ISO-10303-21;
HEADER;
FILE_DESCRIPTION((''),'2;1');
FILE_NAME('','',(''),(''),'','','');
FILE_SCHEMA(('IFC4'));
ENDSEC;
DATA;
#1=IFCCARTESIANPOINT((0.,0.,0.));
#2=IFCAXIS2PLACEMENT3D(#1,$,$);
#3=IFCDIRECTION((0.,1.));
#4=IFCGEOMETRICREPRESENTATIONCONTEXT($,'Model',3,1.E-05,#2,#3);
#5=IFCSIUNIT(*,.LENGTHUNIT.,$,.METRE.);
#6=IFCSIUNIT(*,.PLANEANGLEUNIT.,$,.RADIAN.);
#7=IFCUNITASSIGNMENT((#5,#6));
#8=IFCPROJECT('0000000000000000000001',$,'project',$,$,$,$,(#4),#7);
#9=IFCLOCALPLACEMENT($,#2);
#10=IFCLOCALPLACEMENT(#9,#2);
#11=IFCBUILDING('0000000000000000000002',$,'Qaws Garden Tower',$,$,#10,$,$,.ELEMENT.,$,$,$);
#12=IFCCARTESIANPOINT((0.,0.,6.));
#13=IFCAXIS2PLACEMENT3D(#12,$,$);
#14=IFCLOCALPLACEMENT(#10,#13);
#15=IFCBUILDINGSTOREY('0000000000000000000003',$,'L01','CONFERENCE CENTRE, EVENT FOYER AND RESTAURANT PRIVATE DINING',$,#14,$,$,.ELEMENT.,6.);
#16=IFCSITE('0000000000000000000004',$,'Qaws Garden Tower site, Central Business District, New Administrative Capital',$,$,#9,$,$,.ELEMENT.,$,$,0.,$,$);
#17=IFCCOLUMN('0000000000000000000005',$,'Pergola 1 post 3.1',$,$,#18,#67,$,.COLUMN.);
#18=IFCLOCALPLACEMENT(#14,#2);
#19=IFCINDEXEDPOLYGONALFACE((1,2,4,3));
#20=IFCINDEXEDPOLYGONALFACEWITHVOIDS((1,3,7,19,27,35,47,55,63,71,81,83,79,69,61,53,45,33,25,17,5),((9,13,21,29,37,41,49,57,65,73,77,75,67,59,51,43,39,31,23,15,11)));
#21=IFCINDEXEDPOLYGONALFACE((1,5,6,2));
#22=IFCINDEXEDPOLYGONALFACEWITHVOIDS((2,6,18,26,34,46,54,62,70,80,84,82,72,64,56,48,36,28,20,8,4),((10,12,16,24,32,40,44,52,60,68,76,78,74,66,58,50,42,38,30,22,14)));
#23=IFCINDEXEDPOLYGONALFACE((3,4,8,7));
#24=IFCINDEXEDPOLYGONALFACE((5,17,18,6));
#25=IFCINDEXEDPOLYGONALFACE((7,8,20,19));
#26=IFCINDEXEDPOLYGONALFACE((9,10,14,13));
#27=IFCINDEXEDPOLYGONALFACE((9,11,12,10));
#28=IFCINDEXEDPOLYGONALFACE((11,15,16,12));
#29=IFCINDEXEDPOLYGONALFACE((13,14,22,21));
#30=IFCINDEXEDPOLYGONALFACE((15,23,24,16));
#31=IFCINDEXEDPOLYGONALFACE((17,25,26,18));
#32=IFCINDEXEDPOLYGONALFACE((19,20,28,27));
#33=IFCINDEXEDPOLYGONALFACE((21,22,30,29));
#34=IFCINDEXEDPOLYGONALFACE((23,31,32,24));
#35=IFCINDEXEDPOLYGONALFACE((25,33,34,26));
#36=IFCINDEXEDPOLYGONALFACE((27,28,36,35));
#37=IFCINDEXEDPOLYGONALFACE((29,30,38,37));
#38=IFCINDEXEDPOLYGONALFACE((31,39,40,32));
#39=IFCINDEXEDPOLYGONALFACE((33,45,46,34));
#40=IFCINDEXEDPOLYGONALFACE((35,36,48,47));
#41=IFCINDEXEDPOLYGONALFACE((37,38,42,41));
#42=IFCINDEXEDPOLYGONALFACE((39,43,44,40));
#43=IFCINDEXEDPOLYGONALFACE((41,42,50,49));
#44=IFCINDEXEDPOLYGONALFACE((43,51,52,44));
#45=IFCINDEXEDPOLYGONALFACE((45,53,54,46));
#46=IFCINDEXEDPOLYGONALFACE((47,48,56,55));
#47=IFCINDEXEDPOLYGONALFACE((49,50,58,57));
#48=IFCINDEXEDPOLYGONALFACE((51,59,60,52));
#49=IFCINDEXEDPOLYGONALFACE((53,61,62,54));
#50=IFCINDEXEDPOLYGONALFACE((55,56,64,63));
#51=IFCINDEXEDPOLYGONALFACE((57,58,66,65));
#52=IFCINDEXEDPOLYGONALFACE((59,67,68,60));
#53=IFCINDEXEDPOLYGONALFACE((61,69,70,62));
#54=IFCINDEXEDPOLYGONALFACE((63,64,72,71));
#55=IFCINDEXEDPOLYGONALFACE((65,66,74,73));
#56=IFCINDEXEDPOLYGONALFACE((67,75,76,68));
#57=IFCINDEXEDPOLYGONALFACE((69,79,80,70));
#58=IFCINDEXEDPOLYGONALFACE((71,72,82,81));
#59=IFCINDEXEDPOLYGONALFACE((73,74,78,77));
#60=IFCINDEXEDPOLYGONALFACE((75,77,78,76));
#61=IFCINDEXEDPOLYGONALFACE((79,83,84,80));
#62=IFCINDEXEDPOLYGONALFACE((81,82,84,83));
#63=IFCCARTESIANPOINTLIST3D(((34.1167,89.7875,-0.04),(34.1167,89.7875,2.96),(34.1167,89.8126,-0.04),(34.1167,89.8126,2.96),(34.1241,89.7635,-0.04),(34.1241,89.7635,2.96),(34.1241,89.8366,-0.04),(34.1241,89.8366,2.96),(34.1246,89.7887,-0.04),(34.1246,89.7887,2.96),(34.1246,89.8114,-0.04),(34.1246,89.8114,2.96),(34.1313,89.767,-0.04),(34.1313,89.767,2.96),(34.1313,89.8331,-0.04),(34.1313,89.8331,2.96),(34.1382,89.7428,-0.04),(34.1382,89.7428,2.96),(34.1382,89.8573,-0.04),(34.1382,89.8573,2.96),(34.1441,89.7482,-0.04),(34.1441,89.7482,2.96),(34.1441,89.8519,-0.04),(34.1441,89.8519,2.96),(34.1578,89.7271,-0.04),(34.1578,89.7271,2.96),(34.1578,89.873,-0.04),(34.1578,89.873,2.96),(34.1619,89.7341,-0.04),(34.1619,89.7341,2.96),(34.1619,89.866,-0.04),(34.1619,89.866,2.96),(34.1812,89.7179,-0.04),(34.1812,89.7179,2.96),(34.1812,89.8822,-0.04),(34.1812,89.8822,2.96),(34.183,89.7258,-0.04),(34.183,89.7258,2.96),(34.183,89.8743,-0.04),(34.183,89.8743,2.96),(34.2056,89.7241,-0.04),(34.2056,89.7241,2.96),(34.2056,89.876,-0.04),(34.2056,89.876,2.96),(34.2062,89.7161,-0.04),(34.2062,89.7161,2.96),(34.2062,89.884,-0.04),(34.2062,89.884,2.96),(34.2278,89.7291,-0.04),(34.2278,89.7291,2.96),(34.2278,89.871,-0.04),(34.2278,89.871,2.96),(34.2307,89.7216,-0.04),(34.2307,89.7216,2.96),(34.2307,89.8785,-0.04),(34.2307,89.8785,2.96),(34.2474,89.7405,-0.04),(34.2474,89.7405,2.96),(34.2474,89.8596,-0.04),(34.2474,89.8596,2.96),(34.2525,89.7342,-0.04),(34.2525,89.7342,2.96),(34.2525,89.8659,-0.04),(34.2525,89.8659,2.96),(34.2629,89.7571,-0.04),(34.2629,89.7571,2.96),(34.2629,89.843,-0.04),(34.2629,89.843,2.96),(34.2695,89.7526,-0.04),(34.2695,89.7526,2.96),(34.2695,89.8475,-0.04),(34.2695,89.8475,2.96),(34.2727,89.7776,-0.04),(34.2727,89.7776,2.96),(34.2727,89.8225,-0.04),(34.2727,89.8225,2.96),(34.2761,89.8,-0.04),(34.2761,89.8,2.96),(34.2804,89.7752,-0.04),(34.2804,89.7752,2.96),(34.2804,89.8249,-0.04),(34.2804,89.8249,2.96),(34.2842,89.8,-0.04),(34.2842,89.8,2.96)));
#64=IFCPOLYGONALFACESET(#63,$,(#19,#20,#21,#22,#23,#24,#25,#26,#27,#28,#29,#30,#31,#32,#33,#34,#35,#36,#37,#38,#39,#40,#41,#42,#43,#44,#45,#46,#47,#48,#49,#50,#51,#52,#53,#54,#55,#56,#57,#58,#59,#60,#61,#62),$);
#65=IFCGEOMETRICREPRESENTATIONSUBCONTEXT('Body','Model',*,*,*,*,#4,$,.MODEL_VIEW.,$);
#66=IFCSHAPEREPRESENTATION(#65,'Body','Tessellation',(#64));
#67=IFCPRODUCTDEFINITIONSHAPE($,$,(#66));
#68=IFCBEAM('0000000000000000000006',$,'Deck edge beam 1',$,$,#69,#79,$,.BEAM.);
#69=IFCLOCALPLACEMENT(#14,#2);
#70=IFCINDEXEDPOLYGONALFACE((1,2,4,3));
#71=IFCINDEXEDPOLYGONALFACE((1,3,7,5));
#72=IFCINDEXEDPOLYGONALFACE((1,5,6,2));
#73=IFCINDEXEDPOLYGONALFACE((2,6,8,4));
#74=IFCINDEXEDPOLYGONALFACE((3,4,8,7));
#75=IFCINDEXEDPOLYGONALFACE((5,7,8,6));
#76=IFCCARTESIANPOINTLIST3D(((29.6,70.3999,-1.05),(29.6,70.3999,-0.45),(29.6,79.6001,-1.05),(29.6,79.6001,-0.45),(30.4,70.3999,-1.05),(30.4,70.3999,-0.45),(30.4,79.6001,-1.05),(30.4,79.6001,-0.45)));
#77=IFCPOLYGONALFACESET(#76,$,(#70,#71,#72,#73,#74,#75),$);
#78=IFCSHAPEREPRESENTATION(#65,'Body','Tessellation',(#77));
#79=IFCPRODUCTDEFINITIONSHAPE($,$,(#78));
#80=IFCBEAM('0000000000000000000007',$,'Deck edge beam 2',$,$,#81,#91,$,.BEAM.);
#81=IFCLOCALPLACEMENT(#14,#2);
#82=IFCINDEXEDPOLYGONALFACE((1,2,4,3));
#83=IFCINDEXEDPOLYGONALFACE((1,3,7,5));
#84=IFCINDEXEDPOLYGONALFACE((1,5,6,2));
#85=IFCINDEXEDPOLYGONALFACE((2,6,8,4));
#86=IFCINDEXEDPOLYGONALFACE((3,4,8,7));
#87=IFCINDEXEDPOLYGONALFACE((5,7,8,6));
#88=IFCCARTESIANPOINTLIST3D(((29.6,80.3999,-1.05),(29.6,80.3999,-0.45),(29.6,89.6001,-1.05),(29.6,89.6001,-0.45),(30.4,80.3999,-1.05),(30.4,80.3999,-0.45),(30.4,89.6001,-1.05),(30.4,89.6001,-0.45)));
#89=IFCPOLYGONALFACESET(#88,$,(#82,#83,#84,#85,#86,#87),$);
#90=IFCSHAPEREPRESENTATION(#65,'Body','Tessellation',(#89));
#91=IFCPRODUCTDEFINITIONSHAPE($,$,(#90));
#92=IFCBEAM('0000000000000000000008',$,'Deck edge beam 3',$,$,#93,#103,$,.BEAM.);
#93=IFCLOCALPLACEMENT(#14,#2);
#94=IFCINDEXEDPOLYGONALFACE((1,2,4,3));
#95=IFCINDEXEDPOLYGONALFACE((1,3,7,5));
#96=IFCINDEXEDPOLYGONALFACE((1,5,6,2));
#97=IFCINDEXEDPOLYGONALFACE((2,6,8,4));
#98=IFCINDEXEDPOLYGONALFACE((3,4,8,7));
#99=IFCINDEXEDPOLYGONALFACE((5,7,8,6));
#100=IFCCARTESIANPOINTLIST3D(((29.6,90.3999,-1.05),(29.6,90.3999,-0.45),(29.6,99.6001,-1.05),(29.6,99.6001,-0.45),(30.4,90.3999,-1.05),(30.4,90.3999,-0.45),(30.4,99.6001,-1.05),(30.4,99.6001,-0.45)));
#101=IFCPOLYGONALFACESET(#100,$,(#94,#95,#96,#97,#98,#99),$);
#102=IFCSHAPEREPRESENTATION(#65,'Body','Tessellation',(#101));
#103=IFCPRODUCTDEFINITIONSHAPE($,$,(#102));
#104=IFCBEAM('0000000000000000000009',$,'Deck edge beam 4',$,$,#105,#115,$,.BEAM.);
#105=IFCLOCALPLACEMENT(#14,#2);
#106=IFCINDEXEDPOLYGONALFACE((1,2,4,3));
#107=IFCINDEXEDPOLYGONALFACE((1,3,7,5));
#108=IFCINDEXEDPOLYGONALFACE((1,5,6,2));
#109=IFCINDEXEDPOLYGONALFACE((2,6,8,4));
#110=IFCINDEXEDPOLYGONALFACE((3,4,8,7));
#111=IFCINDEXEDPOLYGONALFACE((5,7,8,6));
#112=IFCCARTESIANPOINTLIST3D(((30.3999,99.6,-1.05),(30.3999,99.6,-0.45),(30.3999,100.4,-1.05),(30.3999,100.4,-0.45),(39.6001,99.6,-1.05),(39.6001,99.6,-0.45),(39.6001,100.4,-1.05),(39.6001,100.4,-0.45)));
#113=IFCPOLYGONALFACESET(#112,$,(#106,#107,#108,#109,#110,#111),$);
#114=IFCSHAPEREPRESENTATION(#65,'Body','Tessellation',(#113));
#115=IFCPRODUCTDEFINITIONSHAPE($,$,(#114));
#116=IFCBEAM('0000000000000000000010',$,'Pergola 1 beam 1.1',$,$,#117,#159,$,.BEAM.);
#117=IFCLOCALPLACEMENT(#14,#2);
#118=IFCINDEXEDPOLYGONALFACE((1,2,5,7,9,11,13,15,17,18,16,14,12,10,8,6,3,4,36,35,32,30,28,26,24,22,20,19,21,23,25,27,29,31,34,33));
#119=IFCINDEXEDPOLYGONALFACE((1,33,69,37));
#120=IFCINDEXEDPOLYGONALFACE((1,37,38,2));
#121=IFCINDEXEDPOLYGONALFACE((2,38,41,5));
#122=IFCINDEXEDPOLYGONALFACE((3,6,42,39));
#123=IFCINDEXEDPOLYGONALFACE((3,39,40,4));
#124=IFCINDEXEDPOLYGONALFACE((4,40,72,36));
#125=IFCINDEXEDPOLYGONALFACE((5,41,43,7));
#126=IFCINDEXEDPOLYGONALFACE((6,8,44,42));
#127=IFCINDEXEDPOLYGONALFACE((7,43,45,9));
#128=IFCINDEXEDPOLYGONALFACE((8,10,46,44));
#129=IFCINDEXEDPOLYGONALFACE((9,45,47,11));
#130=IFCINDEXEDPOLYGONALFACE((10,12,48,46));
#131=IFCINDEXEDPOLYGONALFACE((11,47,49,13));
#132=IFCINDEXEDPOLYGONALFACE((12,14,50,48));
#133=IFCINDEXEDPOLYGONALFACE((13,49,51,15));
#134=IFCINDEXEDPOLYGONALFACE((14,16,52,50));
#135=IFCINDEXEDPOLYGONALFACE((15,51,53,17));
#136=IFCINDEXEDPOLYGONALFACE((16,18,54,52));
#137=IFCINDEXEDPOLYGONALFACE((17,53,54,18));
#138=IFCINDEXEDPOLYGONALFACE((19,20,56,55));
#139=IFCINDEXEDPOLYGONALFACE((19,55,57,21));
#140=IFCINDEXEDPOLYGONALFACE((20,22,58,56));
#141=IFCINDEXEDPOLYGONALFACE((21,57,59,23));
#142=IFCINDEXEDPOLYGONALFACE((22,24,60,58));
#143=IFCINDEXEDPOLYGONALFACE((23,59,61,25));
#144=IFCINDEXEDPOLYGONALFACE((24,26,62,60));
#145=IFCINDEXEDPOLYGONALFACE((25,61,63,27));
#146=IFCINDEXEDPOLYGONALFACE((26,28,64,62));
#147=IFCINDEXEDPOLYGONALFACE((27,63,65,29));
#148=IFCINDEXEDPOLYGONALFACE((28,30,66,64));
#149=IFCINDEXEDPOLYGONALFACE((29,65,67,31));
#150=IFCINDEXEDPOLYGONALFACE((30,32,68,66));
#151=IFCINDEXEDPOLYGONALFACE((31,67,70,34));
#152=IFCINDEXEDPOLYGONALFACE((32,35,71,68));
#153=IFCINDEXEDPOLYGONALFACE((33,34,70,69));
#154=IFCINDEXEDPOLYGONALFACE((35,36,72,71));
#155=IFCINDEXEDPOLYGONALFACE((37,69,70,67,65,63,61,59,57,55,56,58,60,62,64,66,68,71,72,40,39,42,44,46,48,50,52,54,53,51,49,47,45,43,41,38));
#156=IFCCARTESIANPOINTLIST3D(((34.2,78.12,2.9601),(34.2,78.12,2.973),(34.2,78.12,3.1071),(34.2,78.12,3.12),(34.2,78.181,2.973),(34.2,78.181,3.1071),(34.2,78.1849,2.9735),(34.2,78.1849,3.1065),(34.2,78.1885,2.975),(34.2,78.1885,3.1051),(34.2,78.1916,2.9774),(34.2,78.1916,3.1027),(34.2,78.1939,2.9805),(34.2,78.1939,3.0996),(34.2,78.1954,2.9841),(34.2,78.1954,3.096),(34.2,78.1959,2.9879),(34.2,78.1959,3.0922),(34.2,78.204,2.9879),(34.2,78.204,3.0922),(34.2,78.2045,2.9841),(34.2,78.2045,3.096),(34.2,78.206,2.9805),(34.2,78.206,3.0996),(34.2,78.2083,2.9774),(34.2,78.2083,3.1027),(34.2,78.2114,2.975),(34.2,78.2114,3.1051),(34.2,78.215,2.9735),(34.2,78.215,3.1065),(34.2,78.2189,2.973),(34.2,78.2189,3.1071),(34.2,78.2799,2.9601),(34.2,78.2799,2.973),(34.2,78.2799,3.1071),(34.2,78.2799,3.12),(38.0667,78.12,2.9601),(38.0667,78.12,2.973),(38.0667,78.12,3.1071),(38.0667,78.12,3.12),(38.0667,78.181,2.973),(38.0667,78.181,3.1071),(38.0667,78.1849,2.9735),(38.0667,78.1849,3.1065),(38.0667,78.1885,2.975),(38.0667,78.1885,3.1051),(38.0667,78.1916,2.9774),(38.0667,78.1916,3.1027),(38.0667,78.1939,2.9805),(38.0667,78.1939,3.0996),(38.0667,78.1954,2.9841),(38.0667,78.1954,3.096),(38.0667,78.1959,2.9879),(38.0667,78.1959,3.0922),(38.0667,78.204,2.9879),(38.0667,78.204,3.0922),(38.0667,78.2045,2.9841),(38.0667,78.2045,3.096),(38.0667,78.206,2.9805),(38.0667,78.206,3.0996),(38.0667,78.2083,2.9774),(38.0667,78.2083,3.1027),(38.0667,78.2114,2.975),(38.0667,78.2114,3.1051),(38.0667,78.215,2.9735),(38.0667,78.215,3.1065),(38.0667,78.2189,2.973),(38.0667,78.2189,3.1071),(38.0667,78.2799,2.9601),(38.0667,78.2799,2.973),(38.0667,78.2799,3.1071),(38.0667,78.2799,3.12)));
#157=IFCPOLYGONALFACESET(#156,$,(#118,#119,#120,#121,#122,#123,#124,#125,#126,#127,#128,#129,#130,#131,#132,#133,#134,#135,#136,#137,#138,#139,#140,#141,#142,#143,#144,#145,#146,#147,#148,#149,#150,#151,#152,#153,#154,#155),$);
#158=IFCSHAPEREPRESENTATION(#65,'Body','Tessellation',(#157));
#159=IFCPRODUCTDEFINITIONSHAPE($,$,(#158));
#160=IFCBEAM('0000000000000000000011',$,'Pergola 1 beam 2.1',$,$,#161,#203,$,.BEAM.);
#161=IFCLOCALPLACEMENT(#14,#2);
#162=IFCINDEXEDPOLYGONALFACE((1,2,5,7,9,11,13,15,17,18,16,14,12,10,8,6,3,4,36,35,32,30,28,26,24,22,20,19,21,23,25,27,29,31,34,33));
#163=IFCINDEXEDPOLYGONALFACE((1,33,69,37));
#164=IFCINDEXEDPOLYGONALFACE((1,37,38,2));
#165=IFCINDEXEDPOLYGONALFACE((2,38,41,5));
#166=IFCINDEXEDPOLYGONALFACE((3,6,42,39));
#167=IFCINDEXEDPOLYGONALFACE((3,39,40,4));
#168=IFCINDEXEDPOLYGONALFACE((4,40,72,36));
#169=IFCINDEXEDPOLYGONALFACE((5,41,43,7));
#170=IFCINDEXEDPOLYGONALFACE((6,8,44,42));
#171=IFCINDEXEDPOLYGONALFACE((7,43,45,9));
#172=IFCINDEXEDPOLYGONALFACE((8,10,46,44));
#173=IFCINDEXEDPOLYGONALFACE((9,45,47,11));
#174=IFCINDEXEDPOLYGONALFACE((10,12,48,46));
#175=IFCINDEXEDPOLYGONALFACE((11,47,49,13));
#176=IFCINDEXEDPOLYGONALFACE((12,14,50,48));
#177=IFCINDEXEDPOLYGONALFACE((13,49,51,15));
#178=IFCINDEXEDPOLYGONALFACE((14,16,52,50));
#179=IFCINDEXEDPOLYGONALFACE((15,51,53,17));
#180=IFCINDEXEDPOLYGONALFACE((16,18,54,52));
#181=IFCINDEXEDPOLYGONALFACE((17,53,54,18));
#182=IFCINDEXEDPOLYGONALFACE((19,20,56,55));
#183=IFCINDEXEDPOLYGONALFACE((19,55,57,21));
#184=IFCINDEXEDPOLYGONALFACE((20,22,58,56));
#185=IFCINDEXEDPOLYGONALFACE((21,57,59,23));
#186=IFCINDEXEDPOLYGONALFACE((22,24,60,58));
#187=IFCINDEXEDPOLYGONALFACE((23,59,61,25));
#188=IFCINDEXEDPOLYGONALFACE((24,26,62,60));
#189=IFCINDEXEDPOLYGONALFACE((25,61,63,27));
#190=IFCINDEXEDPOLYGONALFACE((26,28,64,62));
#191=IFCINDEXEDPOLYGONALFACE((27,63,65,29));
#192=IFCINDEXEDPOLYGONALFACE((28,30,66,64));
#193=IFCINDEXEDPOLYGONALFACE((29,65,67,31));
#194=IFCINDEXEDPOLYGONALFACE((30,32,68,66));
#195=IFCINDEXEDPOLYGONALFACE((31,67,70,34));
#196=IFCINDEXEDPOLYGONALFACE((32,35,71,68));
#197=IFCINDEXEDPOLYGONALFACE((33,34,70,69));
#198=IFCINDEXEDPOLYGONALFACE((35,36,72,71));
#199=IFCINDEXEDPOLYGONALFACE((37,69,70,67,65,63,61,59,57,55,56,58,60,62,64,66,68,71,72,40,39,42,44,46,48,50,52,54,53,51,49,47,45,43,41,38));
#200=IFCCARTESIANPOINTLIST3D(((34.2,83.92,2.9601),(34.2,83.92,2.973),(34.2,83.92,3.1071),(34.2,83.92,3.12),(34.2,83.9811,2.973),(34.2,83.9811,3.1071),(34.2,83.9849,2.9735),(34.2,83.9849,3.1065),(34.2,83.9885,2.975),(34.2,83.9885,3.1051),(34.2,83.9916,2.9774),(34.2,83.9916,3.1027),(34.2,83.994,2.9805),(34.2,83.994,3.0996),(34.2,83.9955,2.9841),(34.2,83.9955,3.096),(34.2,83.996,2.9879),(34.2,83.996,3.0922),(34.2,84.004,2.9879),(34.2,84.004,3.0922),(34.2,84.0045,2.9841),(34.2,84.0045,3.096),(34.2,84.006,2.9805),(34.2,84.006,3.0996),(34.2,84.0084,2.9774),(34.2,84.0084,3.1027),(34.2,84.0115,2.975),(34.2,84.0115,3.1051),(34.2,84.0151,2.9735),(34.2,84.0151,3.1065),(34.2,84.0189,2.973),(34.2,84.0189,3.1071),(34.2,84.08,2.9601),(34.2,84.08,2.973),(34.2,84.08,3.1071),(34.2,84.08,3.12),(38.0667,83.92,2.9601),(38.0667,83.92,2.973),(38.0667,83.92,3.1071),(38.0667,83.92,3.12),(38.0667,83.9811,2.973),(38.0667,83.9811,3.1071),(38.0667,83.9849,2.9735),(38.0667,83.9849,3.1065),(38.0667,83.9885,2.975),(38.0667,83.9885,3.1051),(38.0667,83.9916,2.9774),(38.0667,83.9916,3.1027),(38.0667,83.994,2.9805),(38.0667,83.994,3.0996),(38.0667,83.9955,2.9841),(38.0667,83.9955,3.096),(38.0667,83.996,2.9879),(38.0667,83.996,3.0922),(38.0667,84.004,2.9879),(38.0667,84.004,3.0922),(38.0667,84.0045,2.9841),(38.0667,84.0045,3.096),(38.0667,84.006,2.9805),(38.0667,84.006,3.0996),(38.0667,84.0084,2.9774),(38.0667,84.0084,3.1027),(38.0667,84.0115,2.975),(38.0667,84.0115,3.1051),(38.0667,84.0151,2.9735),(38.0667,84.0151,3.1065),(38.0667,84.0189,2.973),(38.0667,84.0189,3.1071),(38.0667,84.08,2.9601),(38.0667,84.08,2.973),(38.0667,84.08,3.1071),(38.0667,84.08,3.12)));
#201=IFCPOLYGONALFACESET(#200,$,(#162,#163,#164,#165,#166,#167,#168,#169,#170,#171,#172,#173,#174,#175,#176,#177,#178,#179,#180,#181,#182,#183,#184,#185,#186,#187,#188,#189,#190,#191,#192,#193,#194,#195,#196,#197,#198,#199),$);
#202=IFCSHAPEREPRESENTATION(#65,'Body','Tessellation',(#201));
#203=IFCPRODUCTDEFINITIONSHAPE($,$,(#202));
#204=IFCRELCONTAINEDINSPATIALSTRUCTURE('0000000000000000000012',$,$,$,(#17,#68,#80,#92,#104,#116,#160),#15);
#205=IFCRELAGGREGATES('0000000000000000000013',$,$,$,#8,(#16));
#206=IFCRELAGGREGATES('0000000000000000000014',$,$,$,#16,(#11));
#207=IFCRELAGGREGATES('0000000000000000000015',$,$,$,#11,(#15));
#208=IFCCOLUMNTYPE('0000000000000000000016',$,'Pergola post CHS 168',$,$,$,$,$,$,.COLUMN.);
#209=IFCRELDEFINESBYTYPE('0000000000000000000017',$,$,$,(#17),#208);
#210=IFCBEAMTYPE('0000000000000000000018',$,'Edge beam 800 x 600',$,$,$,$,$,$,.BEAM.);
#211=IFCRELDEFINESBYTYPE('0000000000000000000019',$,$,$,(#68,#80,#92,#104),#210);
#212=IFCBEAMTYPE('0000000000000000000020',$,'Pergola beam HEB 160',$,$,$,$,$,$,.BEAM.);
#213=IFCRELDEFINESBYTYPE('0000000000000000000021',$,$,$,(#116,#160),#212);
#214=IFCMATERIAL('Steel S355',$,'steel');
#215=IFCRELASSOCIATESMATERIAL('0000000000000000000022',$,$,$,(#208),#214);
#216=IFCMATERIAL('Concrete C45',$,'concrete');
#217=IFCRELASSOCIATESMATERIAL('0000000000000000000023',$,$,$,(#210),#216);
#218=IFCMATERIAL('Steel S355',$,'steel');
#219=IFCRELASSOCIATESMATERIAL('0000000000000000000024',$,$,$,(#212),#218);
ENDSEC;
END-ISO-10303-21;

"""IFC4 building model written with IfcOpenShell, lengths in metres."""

from ifc_helpers import new_model, si_unit, direction, frame, origin, origin_2d, place, context, subcontext, project, spatial, rectangle, hollow_circle, i_section, extrude, material, material_profile, profile_set, type_object, element, save


model = new_model("IFC4")

# Units and contexts
model_context = context("Model", 3, precision=1e-05, world=origin(), true_north=direction((0.0, 1.0)))
body_context = subcontext(model_context, "Body", "Model", "MODEL_VIEW")
ifc_project = project(units=[si_unit("LENGTHUNIT", "METRE"), si_unit("PLANEANGLEUNIT", "RADIAN")], contexts=[model_context])

# Site, building, storey
site_placement = place(None, origin())
site = spatial("IfcSite", under=ifc_project, at=site_placement, Name="Qaws Garden Tower site, Central Business District, New Administrative Capital", CompositionType="ELEMENT", RefElevation=0.0)
building_placement = place(site_placement, origin())
building = spatial("IfcBuilding", under=site, at=building_placement, Name="Qaws Garden Tower", CompositionType="ELEMENT")
storey_placement = place(building_placement, frame((0.0, 0.0, 6.0)))
storey = spatial("IfcBuildingStorey", under=building, at=storey_placement, Name="L01", Description="CONFERENCE CENTRE, EVENT FOYER AND RESTAURANT PRIVATE DINING", CompositionType="ELEMENT", Elevation=6.0)

# Column
ifc_material_1 = material(Name="Steel S355", Category="steel")
ifc_material_profile_1 = material_profile(ifc_material_1, hollow_circle(Radius=0.0842, WallThickness=0.0081, at=origin_2d()), Name="Pergola post CHS 168")
ifc_profile_set_1 = profile_set([ifc_material_profile_1], Name="Steel S355")
column_type = type_object("IfcColumnType", Name="Pergola post CHS 168", PredefinedType="COLUMN", material=ifc_profile_set_1)
for number, where, z_axis, x_axis, name in (
    (1, (34.2, 89.8, -0.04), (0.0, 0.0, 1.0), (1.0, 0.0, 0.0), "Pergola 1 post 3.1"),
):
    element("IfcColumn", number, at=place(storey_placement, frame(where, z_axis=z_axis, x_axis=x_axis)), inside=storey, type_object=column_type, Name=name, PredefinedType="COLUMN", context=body_context, shape_type="SweptSolid", body=[
        extrude(hollow_circle(Radius=0.0842, WallThickness=0.0081, at=origin_2d()), origin(), (0.0, 0.0, 1.0), 3.0),
    ])

# Beams
ifc_material_2 = material(Name="Concrete C45", Category="concrete")
ifc_material_profile_2 = material_profile(ifc_material_2, rectangle(XDim=0.8, YDim=0.6001, at=origin_2d()), Name="Edge beam 800 x 600")
ifc_profile_set_2 = profile_set([ifc_material_profile_2], Name="Concrete C45")
beam_type_1 = type_object("IfcBeamType", Name="Edge beam 800 x 600", PredefinedType="BEAM", material=ifc_profile_set_2)
for number, where, z_axis, x_axis, name in (
    (2, (30.0, 70.3999, -0.75), (0.0, 1.0, 0.0), (-1.0, 0.0, 0.0), "Deck edge beam 1"),
    (3, (30.0, 80.3999, -0.75), (0.0, 1.0, 0.0), (-1.0, 0.0, 0.0), "Deck edge beam 2"),
    (4, (30.0, 90.3999, -0.75), (0.0, 1.0, 0.0), (-1.0, 0.0, 0.0), "Deck edge beam 3"),
    (5, (30.3999, 100.0, -0.75), (1.0, 0.0, 0.0), (0.0, 1.0, 0.0), "Deck edge beam 4"),
):
    element("IfcBeam", number, at=place(storey_placement, frame(where, z_axis=z_axis, x_axis=x_axis)), inside=storey, type_object=beam_type_1, Name=name, PredefinedType="BEAM", context=body_context, shape_type="SweptSolid", body=[
        extrude(rectangle(XDim=0.8, YDim=0.6001, at=origin_2d()), origin(), (0.0, 0.0, 1.0), 9.2002),
    ])
ifc_material_3 = material(Name="Steel S355", Category="steel")
ifc_material_profile_3 = material_profile(ifc_material_3, i_section(OverallWidth=0.1599, OverallDepth=0.1599, WebThickness=0.0081, FlangeThickness=0.0129, FilletRadius=0.0149, at=origin_2d()), Name="HEB 160")
ifc_profile_set_3 = profile_set([ifc_material_profile_3], Name="Steel S355")
beam_type_2 = type_object("IfcBeamType", Name="Pergola beam HEB 160", PredefinedType="BEAM", material=ifc_profile_set_3)
for number, where, z_axis, x_axis, name in (
    (6, (34.2, 78.2, 3.04), (1.0, 0.0, 0.0), (0.0, 1.0, 0.0), "Pergola 1 beam 1.1"),
    (7, (34.2, 84.0, 3.04), (1.0, 0.0, 0.0), (0.0, 1.0, 0.0), "Pergola 1 beam 2.1"),
):
    element("IfcBeam", number, at=place(storey_placement, frame(where, z_axis=z_axis, x_axis=x_axis)), inside=storey, type_object=beam_type_2, Name=name, PredefinedType="BEAM", context=body_context, shape_type="SweptSolid", body=[
        extrude(i_section(OverallWidth=0.1599, OverallDepth=0.1599, WebThickness=0.0081, FlangeThickness=0.0129, FilletRadius=0.0149, at=origin_2d()), origin(), (0.0, 0.0, 1.0), 3.8667),
    ])

save(model, "model.ifc")
